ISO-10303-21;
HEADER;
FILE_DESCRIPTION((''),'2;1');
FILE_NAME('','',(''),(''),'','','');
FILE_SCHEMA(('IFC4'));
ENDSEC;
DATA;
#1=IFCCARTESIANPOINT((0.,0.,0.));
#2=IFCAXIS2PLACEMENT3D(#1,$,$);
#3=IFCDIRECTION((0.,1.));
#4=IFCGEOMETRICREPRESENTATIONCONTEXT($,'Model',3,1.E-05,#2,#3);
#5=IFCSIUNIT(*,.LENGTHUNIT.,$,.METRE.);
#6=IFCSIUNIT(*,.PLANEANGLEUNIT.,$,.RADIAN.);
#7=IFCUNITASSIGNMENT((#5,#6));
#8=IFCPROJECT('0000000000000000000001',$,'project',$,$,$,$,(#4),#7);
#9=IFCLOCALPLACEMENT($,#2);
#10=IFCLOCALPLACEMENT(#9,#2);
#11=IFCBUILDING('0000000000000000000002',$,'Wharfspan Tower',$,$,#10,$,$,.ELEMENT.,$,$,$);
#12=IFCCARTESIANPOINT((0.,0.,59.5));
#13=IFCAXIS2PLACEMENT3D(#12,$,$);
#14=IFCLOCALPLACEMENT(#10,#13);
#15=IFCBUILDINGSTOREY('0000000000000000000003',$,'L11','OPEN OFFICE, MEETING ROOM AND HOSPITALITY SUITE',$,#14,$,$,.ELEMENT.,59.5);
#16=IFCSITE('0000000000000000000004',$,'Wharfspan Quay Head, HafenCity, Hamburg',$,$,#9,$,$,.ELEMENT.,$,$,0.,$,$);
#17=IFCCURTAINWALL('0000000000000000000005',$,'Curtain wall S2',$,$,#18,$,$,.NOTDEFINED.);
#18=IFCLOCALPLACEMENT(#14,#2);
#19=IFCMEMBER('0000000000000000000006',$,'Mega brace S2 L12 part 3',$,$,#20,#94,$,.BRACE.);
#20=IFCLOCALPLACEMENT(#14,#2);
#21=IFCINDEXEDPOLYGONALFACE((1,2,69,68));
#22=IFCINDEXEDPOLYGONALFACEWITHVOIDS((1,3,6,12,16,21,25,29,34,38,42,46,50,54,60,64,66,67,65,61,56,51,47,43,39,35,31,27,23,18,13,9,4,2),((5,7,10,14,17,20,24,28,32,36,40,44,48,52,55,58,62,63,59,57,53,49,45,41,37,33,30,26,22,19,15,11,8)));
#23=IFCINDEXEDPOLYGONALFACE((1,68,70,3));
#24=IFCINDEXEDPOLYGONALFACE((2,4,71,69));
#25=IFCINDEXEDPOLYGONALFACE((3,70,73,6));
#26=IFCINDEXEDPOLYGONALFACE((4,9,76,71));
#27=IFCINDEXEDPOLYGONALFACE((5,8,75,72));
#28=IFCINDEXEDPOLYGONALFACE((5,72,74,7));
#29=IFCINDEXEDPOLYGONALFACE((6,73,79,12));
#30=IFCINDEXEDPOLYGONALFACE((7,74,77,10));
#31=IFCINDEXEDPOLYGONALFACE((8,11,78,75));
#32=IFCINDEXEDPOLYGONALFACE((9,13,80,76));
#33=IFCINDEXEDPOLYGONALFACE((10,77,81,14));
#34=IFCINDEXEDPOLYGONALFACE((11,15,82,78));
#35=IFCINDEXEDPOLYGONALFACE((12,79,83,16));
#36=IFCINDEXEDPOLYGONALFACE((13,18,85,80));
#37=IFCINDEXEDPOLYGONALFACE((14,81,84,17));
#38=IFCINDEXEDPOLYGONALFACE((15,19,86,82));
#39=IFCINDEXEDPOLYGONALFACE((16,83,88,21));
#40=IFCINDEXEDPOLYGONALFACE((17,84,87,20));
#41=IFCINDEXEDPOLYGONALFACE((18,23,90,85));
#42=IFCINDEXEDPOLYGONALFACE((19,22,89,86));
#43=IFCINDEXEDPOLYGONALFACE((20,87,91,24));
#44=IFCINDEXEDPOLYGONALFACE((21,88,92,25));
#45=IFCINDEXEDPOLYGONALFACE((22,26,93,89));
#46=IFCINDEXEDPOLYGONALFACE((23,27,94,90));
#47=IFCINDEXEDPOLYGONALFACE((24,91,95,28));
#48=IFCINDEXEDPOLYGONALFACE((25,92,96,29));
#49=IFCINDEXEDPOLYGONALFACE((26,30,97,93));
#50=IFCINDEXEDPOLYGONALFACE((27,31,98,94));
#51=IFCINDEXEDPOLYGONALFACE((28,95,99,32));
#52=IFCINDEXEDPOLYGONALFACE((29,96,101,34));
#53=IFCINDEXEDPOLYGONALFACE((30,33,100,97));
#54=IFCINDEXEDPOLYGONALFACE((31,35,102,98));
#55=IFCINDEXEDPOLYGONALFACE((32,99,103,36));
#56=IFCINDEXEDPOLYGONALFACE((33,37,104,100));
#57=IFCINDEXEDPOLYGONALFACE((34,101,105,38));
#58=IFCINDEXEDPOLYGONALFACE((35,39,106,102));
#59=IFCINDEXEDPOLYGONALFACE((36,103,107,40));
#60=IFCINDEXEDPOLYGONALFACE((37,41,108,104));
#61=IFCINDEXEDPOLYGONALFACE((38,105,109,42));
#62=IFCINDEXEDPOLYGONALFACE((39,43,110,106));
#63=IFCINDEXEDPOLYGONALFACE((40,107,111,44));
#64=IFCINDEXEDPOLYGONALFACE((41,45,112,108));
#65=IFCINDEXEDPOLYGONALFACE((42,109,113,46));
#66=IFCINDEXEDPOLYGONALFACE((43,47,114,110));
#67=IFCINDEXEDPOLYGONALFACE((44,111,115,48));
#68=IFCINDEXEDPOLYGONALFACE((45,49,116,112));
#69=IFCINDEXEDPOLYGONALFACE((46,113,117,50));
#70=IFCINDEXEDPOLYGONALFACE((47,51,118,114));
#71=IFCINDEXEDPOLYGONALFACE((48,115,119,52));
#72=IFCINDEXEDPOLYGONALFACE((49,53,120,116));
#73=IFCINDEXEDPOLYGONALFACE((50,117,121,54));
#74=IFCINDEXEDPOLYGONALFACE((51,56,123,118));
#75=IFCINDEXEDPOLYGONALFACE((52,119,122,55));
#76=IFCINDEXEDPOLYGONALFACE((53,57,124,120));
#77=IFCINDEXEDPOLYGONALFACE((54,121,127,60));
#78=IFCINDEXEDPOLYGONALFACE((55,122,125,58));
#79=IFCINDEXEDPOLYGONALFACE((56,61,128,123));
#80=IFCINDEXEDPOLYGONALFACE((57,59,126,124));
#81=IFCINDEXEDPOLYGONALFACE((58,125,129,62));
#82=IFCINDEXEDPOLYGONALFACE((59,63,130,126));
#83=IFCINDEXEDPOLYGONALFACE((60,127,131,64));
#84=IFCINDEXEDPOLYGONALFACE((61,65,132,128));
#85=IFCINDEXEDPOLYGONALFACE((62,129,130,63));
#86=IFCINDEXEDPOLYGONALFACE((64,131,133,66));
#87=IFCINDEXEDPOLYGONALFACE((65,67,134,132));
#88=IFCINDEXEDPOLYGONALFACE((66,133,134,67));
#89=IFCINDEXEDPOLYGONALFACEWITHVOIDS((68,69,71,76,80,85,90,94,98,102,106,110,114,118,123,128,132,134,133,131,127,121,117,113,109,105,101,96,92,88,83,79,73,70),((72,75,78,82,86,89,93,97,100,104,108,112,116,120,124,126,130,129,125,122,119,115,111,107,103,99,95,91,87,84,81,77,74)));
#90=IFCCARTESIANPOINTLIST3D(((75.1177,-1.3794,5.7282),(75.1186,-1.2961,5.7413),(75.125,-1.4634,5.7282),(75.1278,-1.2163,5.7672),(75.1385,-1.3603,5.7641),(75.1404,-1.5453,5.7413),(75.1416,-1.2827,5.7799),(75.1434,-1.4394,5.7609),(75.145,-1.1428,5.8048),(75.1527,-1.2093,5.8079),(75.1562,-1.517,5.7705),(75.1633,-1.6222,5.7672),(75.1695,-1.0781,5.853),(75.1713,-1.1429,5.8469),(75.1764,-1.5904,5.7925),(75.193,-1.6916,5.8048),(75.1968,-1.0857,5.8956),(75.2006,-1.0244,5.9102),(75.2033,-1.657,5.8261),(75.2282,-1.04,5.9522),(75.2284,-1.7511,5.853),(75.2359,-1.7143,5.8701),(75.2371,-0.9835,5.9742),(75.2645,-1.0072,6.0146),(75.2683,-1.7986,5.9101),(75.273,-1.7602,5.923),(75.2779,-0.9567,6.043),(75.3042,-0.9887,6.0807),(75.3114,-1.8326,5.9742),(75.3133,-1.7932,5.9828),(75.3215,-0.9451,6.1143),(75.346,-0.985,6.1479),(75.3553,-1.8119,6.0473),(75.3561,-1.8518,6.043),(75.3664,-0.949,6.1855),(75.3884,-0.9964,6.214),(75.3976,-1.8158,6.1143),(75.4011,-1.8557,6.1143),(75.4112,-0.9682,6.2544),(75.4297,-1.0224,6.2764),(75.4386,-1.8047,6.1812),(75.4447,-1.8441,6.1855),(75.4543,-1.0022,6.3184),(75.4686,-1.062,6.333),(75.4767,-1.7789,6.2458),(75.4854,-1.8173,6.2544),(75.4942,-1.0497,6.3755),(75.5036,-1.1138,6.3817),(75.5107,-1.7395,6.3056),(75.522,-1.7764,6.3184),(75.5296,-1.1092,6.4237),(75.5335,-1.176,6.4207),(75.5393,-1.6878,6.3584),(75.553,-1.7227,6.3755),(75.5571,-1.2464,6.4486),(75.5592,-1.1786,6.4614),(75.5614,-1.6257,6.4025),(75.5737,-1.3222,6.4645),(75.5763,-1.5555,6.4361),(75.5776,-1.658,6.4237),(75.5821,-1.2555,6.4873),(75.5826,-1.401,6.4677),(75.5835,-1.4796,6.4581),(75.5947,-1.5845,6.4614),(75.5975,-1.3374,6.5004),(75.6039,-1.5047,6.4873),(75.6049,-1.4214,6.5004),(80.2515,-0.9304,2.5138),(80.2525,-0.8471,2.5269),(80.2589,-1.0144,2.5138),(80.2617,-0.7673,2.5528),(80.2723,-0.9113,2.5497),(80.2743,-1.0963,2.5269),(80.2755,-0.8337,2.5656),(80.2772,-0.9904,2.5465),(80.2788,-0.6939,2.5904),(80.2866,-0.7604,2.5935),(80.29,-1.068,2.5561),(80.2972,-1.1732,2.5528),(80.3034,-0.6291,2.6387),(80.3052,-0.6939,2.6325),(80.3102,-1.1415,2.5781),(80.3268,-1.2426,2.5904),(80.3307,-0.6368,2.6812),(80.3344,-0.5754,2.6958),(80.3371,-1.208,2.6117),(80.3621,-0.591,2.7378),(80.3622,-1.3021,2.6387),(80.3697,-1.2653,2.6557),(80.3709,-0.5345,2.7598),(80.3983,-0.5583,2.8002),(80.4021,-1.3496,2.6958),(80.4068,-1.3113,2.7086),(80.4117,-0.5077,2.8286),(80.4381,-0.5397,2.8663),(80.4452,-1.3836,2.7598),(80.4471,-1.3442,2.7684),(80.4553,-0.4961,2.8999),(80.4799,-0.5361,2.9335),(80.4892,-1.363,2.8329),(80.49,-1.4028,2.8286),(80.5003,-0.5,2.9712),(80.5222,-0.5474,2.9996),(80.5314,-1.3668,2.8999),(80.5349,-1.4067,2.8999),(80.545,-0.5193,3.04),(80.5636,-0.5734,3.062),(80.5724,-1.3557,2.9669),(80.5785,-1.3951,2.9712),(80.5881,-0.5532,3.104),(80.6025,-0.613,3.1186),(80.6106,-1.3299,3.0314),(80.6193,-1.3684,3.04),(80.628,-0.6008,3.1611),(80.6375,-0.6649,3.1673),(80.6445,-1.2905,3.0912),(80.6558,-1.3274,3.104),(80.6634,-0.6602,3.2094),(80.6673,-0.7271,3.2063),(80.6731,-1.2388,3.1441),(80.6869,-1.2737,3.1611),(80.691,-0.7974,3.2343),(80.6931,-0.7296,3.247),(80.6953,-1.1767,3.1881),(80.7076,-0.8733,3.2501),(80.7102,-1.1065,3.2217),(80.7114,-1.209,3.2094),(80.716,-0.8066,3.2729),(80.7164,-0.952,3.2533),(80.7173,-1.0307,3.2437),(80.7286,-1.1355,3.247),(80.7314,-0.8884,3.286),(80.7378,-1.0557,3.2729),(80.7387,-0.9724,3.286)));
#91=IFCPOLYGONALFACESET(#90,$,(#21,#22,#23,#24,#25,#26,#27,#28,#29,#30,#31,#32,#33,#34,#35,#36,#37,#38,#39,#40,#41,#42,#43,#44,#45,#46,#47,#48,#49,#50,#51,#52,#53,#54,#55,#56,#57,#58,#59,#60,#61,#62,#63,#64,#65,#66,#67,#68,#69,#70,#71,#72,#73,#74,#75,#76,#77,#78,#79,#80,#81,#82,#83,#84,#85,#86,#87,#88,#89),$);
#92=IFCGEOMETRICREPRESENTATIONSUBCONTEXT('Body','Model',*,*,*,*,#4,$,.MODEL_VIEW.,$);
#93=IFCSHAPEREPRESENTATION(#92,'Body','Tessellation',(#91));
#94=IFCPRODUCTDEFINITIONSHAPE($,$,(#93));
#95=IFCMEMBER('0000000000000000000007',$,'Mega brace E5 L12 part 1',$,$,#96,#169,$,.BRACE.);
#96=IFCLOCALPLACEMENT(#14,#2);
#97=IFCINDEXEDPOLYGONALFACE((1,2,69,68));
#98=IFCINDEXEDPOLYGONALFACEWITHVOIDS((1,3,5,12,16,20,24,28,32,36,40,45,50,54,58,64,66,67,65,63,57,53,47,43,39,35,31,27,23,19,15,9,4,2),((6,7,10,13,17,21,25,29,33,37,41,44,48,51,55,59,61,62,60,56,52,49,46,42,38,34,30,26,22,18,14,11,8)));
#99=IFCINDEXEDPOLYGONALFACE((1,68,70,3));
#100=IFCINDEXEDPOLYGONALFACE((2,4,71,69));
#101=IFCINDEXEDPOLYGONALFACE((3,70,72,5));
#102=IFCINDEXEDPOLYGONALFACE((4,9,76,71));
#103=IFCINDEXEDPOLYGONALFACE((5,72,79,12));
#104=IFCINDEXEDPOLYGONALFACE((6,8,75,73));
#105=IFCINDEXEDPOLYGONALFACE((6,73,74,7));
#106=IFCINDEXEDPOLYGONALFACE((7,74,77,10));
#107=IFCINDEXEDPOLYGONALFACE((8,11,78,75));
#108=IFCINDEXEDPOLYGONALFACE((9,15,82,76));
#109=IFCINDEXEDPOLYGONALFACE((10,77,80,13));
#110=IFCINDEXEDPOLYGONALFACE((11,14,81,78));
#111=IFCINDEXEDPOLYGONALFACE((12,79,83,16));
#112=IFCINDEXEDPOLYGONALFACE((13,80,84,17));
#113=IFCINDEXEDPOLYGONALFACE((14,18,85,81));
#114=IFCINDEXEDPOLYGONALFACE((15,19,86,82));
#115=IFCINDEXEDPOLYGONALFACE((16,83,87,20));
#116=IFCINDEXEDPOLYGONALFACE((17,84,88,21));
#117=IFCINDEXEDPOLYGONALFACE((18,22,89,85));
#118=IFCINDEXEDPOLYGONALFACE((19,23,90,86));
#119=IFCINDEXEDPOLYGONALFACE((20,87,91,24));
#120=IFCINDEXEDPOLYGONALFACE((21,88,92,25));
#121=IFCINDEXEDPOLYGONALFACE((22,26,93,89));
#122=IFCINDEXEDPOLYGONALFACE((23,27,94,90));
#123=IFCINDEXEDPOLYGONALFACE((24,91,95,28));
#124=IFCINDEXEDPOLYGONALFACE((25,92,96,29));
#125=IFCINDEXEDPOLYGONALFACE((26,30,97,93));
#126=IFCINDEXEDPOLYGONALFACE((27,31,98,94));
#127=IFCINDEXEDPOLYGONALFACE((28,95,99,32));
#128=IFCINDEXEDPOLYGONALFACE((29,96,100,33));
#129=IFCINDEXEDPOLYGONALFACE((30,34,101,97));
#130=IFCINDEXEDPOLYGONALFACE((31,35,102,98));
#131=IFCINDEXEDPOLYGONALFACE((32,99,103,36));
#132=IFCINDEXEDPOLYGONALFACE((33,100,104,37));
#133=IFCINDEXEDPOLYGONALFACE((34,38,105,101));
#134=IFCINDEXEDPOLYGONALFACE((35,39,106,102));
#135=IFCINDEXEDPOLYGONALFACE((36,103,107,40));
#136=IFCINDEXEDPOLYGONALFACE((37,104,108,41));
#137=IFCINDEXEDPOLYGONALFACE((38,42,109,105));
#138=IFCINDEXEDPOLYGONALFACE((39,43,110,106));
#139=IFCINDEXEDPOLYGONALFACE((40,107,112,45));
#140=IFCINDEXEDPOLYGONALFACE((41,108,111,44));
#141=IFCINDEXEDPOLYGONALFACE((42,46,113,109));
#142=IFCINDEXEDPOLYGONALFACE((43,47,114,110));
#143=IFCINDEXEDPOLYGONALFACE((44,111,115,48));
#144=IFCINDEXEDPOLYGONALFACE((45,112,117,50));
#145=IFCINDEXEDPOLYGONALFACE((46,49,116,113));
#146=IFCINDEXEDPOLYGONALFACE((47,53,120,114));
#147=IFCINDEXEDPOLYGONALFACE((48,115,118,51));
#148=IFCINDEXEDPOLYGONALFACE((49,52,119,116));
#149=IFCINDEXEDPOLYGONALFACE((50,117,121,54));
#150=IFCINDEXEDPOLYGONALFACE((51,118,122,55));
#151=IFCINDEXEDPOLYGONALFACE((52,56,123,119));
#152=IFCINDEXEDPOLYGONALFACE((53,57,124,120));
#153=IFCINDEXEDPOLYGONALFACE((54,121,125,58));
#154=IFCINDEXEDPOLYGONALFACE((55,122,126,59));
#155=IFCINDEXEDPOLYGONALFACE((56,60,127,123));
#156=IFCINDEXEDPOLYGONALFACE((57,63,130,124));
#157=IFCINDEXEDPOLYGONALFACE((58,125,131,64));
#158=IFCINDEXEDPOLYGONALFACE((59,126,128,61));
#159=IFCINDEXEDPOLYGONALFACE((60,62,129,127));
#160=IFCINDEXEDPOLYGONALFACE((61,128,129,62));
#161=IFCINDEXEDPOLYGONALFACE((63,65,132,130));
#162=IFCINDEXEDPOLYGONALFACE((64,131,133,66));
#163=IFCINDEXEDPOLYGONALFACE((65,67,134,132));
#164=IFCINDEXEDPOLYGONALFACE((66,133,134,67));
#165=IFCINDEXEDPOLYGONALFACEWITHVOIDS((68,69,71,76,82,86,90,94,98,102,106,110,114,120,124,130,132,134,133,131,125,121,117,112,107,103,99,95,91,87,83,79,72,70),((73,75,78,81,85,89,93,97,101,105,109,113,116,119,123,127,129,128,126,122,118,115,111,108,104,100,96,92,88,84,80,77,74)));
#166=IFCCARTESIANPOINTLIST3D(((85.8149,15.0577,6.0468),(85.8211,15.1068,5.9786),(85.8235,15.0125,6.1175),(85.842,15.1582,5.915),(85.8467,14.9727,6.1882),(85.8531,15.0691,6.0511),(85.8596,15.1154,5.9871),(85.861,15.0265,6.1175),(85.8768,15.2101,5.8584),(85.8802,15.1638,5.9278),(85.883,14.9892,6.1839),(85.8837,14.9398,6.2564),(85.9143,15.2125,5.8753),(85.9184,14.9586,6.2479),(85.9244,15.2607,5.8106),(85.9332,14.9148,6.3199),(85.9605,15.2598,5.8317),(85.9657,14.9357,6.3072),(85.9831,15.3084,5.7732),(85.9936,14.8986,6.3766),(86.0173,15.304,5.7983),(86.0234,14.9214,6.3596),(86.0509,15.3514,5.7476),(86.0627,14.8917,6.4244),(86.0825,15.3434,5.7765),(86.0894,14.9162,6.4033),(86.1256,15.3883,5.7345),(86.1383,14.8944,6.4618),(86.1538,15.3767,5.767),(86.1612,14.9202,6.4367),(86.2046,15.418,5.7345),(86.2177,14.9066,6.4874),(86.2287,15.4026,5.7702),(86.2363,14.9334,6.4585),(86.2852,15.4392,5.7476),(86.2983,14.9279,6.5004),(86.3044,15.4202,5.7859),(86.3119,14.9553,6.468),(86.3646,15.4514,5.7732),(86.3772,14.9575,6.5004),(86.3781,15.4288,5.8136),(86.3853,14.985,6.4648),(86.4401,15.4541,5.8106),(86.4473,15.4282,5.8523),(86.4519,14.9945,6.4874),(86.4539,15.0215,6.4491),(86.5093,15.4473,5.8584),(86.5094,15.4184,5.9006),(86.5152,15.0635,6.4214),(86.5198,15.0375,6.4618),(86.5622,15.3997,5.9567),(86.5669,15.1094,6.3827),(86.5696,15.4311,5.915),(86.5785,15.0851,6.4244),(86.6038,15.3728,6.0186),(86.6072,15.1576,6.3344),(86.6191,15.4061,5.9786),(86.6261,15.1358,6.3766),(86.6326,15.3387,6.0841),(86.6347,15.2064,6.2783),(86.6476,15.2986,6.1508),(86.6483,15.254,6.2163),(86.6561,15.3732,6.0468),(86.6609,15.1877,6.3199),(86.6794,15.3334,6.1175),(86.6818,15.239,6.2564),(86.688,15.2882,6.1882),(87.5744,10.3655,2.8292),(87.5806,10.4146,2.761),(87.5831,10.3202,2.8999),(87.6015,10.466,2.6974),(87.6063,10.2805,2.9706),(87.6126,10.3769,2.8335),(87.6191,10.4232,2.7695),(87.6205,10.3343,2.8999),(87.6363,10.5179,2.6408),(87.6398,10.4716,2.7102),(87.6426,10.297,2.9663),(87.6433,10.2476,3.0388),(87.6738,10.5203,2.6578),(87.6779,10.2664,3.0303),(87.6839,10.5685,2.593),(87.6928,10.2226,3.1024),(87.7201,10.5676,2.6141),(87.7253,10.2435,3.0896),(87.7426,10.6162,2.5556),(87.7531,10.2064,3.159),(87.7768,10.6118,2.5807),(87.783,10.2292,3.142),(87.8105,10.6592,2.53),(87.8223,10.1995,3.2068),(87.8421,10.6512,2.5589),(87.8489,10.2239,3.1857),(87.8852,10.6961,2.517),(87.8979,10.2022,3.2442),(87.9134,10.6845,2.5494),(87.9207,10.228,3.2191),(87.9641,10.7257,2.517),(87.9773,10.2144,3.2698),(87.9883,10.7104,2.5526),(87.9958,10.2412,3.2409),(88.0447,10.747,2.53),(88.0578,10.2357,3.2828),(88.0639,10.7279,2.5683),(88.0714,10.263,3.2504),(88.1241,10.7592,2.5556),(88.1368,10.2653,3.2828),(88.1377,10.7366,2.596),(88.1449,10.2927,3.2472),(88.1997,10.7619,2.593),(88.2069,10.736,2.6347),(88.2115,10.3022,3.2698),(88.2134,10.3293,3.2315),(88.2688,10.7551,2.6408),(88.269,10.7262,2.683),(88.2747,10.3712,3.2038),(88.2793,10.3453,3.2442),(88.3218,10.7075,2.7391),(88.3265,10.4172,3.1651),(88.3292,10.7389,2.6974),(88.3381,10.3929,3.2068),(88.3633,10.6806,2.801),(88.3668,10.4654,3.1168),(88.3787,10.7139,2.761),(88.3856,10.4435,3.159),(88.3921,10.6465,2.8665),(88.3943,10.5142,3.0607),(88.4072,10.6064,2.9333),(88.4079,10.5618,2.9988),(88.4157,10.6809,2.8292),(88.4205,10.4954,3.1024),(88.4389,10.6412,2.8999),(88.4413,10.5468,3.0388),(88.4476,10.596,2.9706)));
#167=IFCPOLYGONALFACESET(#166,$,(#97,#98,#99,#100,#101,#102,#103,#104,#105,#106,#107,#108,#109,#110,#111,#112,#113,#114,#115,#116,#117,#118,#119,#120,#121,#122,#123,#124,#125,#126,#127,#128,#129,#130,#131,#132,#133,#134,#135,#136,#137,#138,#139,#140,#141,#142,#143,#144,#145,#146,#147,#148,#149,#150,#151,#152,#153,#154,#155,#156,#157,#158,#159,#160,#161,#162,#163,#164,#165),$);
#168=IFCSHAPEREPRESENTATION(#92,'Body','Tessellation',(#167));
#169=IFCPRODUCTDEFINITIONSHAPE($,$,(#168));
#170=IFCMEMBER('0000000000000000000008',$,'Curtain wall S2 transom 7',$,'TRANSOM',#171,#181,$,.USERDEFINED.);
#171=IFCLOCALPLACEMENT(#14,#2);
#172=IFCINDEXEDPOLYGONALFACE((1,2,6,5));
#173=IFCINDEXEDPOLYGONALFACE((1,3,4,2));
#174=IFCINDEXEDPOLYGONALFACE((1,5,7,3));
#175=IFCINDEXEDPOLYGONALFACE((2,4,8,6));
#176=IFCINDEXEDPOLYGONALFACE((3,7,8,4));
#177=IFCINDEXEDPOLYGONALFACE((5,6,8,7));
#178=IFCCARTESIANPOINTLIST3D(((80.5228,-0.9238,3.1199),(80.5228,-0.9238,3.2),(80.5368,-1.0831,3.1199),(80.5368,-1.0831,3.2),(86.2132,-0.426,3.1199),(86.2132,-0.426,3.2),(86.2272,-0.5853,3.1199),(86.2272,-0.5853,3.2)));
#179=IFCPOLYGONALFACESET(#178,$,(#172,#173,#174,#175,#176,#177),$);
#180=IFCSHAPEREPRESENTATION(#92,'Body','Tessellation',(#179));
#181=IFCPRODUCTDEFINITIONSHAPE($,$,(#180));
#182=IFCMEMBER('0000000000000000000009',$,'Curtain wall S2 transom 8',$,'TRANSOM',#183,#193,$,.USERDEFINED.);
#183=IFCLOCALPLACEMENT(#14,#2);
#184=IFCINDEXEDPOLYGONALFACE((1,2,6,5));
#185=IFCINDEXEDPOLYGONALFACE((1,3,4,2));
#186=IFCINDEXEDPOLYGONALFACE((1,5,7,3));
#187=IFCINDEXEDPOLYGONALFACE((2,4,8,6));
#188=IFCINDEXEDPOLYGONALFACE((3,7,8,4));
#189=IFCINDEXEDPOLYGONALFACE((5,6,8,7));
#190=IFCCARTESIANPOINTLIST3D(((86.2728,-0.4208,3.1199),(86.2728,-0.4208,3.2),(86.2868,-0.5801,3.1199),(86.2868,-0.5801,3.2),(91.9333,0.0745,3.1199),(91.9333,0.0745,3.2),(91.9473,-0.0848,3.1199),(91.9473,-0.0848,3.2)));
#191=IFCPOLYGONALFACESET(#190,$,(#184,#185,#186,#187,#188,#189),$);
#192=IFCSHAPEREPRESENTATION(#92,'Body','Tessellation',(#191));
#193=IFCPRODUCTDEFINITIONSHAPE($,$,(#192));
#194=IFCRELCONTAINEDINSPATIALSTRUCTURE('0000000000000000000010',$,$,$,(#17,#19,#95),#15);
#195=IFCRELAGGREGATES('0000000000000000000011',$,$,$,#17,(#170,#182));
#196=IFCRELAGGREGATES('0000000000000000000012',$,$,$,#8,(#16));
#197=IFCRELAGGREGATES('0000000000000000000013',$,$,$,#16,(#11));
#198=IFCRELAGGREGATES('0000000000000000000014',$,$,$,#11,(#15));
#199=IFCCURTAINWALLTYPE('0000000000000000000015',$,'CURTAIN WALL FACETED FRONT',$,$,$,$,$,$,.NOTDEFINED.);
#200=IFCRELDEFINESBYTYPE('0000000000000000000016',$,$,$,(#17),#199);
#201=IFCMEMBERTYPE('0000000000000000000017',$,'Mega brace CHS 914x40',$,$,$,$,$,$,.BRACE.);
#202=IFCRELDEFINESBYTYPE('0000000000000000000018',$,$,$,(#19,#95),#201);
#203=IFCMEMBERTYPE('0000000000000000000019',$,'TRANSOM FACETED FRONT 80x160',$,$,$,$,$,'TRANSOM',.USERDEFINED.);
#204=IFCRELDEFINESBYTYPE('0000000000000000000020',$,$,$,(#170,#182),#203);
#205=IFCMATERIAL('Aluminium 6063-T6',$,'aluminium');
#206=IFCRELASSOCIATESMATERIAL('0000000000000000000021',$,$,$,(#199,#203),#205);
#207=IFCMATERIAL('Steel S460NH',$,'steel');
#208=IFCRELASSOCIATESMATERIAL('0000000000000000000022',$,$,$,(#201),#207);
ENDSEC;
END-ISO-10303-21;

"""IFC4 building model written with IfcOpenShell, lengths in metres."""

from ifc_helpers import new_model, si_unit, direction, frame, origin, origin_2d, place, context, subcontext, project, spatial, rectangle, hollow_circle, extrude, material, material_profile, profile_set, type_object, element, aggregate, save


model = new_model("IFC4")

# Units and contexts
model_context = context("Model", 3, precision=1e-05, world=origin(), true_north=direction((0.0, 1.0)))
body_context = subcontext(model_context, "Body", "Model", "MODEL_VIEW")
ifc_project = project(units=[si_unit("LENGTHUNIT", "METRE"), si_unit("PLANEANGLEUNIT", "RADIAN")], contexts=[model_context])

# Site, building, storey
site_placement = place(None, origin())
site = spatial("IfcSite", under=ifc_project, at=site_placement, Name="Wharfspan Quay Head, HafenCity, Hamburg", CompositionType="ELEMENT", RefElevation=0.0)
building_placement = place(site_placement, origin())
building = spatial("IfcBuilding", under=site, at=building_placement, Name="Wharfspan Tower", CompositionType="ELEMENT")
storey_placement = place(building_placement, frame((0.0, 0.0, 59.5)))
storey = spatial("IfcBuildingStorey", under=building, at=storey_placement, Name="L11", Description="OPEN OFFICE, MEETING ROOM AND HOSPITALITY SUITE", CompositionType="ELEMENT", Elevation=59.5)

# Curtain wall
ifc_material_1 = material(Name="Aluminium 6063-T6", Category="aluminium")
curtain_wall_type_1 = type_object("IfcCurtainWallType", Name="CURTAIN WALL FACETED FRONT", PredefinedType="NOTDEFINED", material=ifc_material_1)
curtain_wall_1_placement = place(storey_placement, origin())
curtain_wall_1 = element("IfcCurtainWall", 1, at=curtain_wall_1_placement, inside=storey, type_object=curtain_wall_type_1, Name="Curtain wall S2", PredefinedType="NOTDEFINED")

# Members
ifc_material_2 = material(Name="Steel S460NH", Category="steel")
ifc_material_profile_1 = material_profile(ifc_material_2, hollow_circle(Radius=0.457, WallThickness=0.04, at=origin_2d()))
ifc_profile_set_1 = profile_set([ifc_material_profile_1], Name="Steel S460NH")
member_type_1 = type_object("IfcMemberType", Name="Mega brace CHS 914x40", PredefinedType="BRACE", material=ifc_profile_set_1)
member_1_placement = place(storey_placement, frame((80.4951, -0.9514, 2.8999), z_axis=(-0.845253, -0.073921, 0.529228), x_axis=(0.08712, -0.996199, -0.000003)))
element("IfcMember", 2, at=member_1_placement, inside=storey, type_object=member_type_1, Name="Mega brace S2 L12 part 3", PredefinedType="BRACE", context=body_context, shape_type="SweptSolid", body=[
    extrude(hollow_circle(Radius=0.457, WallThickness=0.04, at=origin_2d()), origin(), (0.0, 0.0, 1.0), 6.0737),
])
member_2_placement = place(storey_placement, frame((88.011, 10.4807, 2.8999), z_axis=(-0.295459, 0.787904, 0.540288), x_axis=(-0.936328, -0.351115, -0.000003)))
element("IfcMember", 3, at=member_2_placement, inside=storey, type_object=member_type_1, Name="Mega brace E5 L12 part 1", PredefinedType="BRACE", context=body_context, shape_type="SweptSolid", body=[
    extrude(hollow_circle(Radius=0.457, WallThickness=0.04, at=origin_2d()), origin(), (0.0, 0.0, 1.0), 5.9553),
])

# Members
ifc_material_profile_2 = material_profile(ifc_material_1, rectangle(XDim=0.1599, YDim=0.0801, at=origin_2d()))
ifc_profile_set_2 = profile_set([ifc_material_profile_2], Name="Aluminium 6063-T6")
member_type_2 = type_object("IfcMemberType", Name="TRANSOM FACETED FRONT 80x160", ElementType="TRANSOM", PredefinedType="USERDEFINED", material=ifc_profile_set_2)
member_3_placement = place(storey_placement, frame((80.5298, -1.0034, 3.1599), z_axis=(0.996195, 0.087148, 0.0), x_axis=(-0.087148, 0.996195, 0.0)))
member_3 = element("IfcMember", 4, at=member_3_placement, type_object=member_type_2, Name="Curtain wall S2 transom 7", ObjectType="TRANSOM", PredefinedType="USERDEFINED", context=body_context, shape_type="SweptSolid", body=[
    extrude(rectangle(XDim=0.1599, YDim=0.0801, at=origin_2d()), origin(), (0.0, 0.0, 1.0), 5.7122),
])
member_4_placement = place(storey_placement, frame((86.2798, -0.5005, 3.1599), z_axis=(0.996193, 0.08718, 0.0), x_axis=(-0.08718, 0.996193, 0.0)))
member_4 = element("IfcMember", 5, at=member_4_placement, type_object=member_type_2, Name="Curtain wall S2 transom 8", ObjectType="TRANSOM", PredefinedType="USERDEFINED", context=body_context, shape_type="SweptSolid", body=[
    extrude(rectangle(XDim=0.1599, YDim=0.0801, at=origin_2d()), origin(), (0.0, 0.0, 1.0), 5.6821),
])

aggregate(curtain_wall_1, [member_3, member_4])

save(model, "model.ifc")
